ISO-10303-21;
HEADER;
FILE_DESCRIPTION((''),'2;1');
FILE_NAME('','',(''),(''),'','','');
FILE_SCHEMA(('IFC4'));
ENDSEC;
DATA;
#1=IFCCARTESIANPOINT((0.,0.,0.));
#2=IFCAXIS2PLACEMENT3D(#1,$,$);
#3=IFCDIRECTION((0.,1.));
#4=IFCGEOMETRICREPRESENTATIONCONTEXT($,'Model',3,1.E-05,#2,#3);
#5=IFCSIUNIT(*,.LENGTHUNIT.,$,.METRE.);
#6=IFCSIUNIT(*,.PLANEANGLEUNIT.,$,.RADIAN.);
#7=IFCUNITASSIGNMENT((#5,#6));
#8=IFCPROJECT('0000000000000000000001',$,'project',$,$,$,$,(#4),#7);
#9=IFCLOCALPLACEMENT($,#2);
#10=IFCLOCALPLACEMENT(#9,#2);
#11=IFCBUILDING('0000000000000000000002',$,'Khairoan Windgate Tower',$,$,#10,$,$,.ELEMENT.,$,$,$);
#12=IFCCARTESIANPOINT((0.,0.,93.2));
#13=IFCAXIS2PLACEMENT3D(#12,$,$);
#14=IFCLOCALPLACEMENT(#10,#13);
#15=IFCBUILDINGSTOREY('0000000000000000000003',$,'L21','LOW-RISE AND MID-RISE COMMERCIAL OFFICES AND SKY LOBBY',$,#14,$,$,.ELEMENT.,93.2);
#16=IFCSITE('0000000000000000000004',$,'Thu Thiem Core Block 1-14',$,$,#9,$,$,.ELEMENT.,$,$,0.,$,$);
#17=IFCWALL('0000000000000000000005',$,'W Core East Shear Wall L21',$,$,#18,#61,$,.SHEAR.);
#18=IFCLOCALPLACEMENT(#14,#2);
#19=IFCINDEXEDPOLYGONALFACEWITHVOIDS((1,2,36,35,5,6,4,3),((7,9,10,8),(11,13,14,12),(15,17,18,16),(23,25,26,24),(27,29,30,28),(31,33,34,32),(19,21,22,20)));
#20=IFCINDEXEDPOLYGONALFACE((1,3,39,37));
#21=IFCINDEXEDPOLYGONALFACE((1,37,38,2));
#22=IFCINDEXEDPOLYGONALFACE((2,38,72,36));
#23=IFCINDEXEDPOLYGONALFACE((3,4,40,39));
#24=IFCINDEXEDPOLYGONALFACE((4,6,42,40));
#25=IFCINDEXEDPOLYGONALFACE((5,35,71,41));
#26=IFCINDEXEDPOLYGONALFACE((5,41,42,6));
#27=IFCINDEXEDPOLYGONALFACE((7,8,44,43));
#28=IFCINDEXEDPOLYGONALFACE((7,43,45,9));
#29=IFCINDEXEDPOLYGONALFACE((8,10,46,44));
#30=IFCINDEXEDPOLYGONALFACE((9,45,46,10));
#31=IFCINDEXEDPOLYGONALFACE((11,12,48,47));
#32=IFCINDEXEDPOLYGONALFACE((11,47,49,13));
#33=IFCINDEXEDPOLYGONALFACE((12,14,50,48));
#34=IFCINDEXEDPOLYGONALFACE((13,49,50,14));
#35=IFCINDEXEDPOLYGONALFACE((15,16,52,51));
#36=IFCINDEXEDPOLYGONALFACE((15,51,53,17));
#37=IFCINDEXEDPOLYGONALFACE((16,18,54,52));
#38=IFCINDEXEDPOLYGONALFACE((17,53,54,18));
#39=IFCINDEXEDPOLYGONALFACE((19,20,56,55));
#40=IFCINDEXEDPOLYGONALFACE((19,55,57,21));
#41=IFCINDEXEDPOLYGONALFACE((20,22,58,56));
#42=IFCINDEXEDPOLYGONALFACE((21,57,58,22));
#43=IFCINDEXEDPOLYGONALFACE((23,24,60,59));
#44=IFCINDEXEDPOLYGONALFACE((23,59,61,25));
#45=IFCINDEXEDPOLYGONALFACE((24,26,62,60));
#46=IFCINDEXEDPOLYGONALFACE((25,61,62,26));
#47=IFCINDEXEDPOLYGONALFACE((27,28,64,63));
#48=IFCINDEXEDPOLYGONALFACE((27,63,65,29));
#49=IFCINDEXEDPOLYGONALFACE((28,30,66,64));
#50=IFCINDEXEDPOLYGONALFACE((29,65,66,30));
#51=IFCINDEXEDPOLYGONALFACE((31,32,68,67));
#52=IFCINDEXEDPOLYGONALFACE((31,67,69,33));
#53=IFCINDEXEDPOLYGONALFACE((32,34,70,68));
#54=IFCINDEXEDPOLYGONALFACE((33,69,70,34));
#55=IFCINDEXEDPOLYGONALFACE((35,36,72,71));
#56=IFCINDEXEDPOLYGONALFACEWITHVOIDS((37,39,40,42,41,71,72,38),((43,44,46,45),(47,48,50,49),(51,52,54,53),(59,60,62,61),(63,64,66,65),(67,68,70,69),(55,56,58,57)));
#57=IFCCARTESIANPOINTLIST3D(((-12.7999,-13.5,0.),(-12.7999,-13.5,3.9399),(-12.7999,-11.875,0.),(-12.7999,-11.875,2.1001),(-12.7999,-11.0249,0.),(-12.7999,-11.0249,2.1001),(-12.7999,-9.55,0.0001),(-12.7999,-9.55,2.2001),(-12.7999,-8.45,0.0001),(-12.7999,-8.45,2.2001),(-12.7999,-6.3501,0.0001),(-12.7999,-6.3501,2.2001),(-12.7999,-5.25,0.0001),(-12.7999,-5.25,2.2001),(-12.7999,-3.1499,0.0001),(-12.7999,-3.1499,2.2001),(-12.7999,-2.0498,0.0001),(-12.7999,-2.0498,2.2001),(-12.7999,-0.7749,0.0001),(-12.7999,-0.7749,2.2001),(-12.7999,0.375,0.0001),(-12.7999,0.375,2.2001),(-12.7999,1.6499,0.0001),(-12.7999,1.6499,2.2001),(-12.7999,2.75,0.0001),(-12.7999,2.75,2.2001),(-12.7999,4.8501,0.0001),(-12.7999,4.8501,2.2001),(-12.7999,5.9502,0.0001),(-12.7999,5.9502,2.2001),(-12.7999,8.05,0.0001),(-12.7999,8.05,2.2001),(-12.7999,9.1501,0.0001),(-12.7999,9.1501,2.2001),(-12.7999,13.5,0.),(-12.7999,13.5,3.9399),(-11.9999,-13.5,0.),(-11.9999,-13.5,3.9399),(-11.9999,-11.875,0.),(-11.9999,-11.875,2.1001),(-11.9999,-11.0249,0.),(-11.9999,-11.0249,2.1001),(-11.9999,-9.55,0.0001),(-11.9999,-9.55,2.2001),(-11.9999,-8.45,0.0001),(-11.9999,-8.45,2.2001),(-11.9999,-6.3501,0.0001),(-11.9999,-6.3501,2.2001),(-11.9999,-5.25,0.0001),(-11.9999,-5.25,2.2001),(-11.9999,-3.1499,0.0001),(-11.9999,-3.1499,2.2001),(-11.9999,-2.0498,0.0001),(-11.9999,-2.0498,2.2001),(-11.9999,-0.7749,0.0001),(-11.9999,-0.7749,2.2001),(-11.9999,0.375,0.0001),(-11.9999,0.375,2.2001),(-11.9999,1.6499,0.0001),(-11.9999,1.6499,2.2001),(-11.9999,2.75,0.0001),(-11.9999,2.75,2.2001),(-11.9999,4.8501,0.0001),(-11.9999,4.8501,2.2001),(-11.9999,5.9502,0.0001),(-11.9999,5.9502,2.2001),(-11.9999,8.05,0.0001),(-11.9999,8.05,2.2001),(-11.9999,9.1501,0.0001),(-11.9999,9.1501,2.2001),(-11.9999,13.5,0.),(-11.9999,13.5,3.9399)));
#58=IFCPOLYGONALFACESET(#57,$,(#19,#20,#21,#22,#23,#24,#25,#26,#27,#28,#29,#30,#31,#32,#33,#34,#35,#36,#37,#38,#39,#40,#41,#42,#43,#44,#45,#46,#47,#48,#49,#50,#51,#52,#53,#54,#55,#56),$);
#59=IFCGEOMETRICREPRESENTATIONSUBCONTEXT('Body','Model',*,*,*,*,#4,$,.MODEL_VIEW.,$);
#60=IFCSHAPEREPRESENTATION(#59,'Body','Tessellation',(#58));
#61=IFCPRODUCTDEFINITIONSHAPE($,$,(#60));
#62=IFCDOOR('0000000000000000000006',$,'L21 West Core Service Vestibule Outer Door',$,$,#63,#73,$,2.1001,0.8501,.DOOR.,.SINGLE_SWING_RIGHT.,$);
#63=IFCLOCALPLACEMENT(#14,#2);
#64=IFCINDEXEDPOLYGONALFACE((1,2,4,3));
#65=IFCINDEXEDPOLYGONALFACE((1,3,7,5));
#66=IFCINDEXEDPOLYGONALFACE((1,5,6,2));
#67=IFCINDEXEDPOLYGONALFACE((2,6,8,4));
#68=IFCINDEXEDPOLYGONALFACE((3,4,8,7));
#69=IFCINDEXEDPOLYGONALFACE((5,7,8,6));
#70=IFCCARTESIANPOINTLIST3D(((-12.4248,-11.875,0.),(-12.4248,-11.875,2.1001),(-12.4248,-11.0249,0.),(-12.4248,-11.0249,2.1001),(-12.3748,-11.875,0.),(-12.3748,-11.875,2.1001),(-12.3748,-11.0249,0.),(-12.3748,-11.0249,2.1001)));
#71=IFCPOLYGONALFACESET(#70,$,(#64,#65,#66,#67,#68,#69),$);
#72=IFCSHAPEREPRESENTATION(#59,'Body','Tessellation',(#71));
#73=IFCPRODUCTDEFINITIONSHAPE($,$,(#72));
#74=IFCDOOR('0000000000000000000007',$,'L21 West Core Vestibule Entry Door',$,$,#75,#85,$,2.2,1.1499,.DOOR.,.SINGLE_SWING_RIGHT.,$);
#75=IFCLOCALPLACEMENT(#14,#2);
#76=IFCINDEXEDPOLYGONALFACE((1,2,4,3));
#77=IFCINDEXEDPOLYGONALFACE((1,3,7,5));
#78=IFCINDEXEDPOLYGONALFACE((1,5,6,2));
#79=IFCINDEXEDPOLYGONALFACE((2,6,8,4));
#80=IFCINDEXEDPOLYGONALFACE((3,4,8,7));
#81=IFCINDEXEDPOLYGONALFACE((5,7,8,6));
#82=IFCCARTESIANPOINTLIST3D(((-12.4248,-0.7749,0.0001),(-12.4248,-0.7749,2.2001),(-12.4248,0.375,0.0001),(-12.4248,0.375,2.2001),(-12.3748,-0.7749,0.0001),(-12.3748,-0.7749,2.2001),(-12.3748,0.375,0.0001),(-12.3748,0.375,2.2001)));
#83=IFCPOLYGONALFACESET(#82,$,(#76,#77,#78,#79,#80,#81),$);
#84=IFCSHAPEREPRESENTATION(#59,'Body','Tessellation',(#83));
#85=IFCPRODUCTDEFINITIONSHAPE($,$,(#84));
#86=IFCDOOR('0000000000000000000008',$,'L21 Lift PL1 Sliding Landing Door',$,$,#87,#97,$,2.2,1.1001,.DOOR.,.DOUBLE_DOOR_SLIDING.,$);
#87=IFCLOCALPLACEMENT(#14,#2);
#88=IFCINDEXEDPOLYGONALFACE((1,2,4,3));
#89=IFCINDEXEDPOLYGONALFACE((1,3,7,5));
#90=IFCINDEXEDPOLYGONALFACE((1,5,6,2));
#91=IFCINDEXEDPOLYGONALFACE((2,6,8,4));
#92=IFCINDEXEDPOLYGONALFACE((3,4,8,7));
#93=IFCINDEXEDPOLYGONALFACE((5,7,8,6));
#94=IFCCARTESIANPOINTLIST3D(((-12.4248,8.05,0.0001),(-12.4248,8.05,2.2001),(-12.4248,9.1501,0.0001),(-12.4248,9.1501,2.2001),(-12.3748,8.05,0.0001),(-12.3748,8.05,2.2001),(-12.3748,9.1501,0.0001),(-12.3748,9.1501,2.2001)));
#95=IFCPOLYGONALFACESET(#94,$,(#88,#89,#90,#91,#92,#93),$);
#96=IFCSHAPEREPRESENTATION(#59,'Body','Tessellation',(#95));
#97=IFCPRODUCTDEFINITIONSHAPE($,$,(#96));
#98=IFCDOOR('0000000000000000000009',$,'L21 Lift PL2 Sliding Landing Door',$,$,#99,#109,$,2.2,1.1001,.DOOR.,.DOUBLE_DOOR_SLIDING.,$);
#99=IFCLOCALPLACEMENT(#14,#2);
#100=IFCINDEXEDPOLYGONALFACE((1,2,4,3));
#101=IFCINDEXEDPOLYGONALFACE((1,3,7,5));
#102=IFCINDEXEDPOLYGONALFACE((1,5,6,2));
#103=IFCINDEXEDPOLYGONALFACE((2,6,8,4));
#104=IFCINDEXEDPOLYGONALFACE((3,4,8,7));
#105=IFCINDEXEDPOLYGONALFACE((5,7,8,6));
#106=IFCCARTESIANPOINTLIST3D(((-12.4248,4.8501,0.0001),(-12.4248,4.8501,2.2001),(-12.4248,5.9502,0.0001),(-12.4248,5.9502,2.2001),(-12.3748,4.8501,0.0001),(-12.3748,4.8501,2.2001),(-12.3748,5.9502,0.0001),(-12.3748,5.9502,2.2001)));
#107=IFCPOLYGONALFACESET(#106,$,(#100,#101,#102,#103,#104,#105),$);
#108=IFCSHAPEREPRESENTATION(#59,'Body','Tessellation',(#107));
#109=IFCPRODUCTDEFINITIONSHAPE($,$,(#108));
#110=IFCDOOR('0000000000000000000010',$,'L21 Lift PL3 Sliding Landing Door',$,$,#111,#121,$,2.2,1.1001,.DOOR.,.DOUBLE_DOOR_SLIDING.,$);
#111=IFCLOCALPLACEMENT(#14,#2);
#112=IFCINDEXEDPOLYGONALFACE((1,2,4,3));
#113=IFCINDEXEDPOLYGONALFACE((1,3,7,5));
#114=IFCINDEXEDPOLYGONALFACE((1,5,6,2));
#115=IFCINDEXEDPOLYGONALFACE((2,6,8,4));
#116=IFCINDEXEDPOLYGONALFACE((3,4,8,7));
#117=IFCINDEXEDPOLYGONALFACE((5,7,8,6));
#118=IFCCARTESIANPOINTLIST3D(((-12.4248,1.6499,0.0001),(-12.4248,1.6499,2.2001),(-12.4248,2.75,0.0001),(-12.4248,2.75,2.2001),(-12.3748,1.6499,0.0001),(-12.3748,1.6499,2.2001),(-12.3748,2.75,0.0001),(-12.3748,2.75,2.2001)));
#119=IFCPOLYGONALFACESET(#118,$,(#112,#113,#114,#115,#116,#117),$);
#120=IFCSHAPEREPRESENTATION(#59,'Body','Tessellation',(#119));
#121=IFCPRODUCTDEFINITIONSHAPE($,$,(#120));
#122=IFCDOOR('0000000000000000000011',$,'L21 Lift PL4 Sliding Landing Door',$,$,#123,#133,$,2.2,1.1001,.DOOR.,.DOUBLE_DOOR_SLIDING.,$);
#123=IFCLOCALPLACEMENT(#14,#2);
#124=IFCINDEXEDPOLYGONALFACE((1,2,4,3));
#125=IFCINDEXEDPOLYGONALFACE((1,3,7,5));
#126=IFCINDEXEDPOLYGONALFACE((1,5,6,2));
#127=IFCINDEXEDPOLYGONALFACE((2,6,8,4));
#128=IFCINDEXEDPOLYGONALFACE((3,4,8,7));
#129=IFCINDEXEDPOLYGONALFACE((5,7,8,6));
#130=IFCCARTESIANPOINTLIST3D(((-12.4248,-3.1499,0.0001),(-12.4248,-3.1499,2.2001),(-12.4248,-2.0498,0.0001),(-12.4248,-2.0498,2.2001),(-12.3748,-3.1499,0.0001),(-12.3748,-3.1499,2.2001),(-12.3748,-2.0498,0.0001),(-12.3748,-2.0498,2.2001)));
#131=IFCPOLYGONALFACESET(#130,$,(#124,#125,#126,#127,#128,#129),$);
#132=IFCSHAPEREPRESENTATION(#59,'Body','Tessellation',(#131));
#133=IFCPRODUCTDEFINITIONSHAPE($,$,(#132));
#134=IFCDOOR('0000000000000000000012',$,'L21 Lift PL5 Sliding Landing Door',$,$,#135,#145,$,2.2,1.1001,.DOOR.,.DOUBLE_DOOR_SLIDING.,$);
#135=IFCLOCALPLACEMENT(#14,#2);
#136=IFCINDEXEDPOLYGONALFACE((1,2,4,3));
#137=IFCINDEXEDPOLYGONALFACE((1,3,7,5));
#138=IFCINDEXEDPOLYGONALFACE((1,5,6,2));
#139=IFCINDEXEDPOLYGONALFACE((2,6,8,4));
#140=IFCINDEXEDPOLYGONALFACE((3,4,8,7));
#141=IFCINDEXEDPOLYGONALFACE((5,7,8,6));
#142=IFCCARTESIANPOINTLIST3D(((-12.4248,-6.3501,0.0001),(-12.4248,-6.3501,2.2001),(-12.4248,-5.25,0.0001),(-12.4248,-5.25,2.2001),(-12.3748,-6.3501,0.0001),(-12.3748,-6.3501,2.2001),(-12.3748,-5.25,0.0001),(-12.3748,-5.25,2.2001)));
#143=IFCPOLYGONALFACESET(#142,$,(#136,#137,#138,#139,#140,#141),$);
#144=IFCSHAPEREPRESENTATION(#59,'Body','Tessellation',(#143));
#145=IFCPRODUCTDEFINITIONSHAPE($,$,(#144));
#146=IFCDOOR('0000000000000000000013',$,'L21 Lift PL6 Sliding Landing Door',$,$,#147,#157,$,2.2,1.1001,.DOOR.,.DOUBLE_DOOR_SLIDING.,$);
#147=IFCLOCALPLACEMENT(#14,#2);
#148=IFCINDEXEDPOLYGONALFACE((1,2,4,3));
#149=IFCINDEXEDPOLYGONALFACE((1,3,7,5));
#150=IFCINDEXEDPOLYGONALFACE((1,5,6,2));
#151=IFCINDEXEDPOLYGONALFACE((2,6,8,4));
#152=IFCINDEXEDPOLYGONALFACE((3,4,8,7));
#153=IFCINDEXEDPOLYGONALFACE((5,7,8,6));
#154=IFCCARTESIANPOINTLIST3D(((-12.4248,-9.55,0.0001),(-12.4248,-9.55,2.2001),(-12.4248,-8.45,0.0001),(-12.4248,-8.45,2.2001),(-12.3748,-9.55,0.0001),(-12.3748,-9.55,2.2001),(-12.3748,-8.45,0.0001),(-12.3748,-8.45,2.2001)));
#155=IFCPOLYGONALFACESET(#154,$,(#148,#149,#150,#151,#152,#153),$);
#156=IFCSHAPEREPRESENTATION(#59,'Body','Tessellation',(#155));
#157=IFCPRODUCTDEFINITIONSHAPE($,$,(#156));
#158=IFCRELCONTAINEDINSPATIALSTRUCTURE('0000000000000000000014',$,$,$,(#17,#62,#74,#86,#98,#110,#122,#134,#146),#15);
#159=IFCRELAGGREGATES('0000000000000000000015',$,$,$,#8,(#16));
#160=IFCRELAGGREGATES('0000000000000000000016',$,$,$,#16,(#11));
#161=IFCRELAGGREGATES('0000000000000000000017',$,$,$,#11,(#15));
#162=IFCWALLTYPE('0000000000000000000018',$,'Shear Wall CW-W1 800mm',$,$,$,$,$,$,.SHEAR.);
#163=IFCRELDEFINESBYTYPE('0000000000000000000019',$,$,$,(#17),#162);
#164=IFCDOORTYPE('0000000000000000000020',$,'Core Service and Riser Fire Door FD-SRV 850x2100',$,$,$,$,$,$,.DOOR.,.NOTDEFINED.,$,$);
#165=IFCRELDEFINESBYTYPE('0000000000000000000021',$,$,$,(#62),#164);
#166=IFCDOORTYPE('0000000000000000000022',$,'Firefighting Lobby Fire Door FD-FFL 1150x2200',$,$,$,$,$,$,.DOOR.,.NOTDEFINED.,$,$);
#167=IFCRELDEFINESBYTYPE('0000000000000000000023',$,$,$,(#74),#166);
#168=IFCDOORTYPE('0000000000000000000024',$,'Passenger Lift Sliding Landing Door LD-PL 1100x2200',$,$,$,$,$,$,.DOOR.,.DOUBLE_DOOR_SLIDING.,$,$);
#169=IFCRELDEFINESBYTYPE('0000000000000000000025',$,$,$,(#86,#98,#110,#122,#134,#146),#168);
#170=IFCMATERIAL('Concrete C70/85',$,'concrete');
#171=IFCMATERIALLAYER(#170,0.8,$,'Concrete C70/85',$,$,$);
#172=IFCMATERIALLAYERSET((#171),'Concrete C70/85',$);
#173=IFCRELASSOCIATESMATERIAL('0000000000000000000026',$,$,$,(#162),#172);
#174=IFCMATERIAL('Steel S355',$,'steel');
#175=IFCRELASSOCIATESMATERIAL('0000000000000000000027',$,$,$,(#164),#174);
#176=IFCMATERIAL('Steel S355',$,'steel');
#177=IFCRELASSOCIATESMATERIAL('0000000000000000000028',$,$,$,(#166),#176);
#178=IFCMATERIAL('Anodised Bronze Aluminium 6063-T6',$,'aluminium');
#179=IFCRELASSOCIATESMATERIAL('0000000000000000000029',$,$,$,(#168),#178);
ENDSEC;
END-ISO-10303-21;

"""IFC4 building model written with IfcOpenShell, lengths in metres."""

from ifc_helpers import new_model, si_unit, direction, frame, frame_2d, origin, place, context, subcontext, project, spatial, rectangle, extrude, material, layer, layer_set, type_object, element, fill, save


model = new_model("IFC4")

# Units and contexts
model_context = context("Model", 3, precision=1e-05, world=origin(), true_north=direction((0.0, 1.0)))
body_context = subcontext(model_context, "Body", "Model", "MODEL_VIEW")
ifc_project = project(units=[si_unit("LENGTHUNIT", "METRE"), si_unit("PLANEANGLEUNIT", "RADIAN")], contexts=[model_context])

# Site, building, storey
site_placement = place(None, origin())
site = spatial("IfcSite", under=ifc_project, at=site_placement, Name="Thu Thiem Core Block 1-14", CompositionType="ELEMENT", RefElevation=0.0)
building_placement = place(site_placement, origin())
building = spatial("IfcBuilding", under=site, at=building_placement, Name="Khairoan Windgate Tower", CompositionType="ELEMENT")
storey_placement = place(building_placement, frame((0.0, 0.0, 93.2)))
storey = spatial("IfcBuildingStorey", under=building, at=storey_placement, Name="L21", Description="LOW-RISE AND MID-RISE COMMERCIAL OFFICES AND SKY LOBBY", CompositionType="ELEMENT", Elevation=93.2)

# Wall, openings, doors
ifc_material_1 = material(Name="Concrete C70/85", Category="concrete")
ifc_layer_1 = layer(ifc_material_1, 0.8, Name="Concrete C70/85")
ifc_layer_set_1 = layer_set([ifc_layer_1], Name="Concrete C70/85")
wall_type = type_object("IfcWallType", Name="Shear Wall CW-W1 800mm", PredefinedType="SHEAR", material=ifc_layer_set_1)
wall_placement = place(storey_placement, frame((-12.3999, -13.5, 0.0), z_axis=(0.0, 0.0, 1.0), x_axis=(0.0, 1.0, 0.0)))
wall = element("IfcWall", 1, at=wall_placement, inside=storey, type_object=wall_type, Name="W Core East Shear Wall L21", PredefinedType="SHEAR", context=body_context, shape_type="SweptSolid", body=[
    extrude(rectangle(XDim=27.0, YDim=0.8, at=frame_2d((13.5, 0.0))), origin(), (0.0, 0.0, 1.0), 3.9399),
])
opening_1_placement = place(wall_placement, frame((21.55, 0.0, 0.0)))
opening_1 = element("IfcOpeningElement", 2, at=opening_1_placement, cuts=wall, PredefinedType="OPENING", context=body_context, shape_type="SweptSolid", body=[
    extrude(rectangle(XDim=1.1001, YDim=2.2, at=frame_2d((0.55, 1.1001))), frame((0.0, 0.4099, 0.0), z_axis=(0.0, -1.0, 0.0), x_axis=(1.0, 0.0, 0.0)), (0.0, 0.0, 1.0), 0.8201),
])
opening_2_placement = place(wall_placement, frame((18.3501, 0.0, 0.0)))
opening_2 = element("IfcOpeningElement", 3, at=opening_2_placement, cuts=wall, PredefinedType="OPENING", context=body_context, shape_type="SweptSolid", body=[
    extrude(rectangle(XDim=1.1001, YDim=2.2, at=frame_2d((0.55, 1.1001))), frame((0.0, 0.4099, 0.0), z_axis=(0.0, -1.0, 0.0), x_axis=(1.0, 0.0, 0.0)), (0.0, 0.0, 1.0), 0.8201),
])
opening_3_placement = place(wall_placement, frame((15.1499, 0.0, 0.0)))
opening_3 = element("IfcOpeningElement", 4, at=opening_3_placement, cuts=wall, PredefinedType="OPENING", context=body_context, shape_type="SweptSolid", body=[
    extrude(rectangle(XDim=1.1001, YDim=2.2, at=frame_2d((0.55, 1.1001))), frame((0.0, 0.4099, 0.0), z_axis=(0.0, -1.0, 0.0), x_axis=(1.0, 0.0, 0.0)), (0.0, 0.0, 1.0), 0.8201),
])
opening_4_placement = place(wall_placement, frame((10.3501, 0.0, 0.0)))
opening_4 = element("IfcOpeningElement", 5, at=opening_4_placement, cuts=wall, PredefinedType="OPENING", context=body_context, shape_type="SweptSolid", body=[
    extrude(rectangle(XDim=1.1001, YDim=2.2, at=frame_2d((0.55, 1.1001))), frame((0.0, 0.4099, 0.0), z_axis=(0.0, -1.0, 0.0), x_axis=(1.0, 0.0, 0.0)), (0.0, 0.0, 1.0), 0.8201),
])
opening_5_placement = place(wall_placement, frame((7.1499, 0.0, 0.0)))
opening_5 = element("IfcOpeningElement", 6, at=opening_5_placement, cuts=wall, PredefinedType="OPENING", context=body_context, shape_type="SweptSolid", body=[
    extrude(rectangle(XDim=1.1001, YDim=2.2, at=frame_2d((0.55, 1.1001))), frame((0.0, 0.4099, 0.0), z_axis=(0.0, -1.0, 0.0), x_axis=(1.0, 0.0, 0.0)), (0.0, 0.0, 1.0), 0.8201),
])
opening_6_placement = place(wall_placement, frame((3.95, 0.0, 0.0)))
opening_6 = element("IfcOpeningElement", 7, at=opening_6_placement, cuts=wall, PredefinedType="OPENING", context=body_context, shape_type="SweptSolid", body=[
    extrude(rectangle(XDim=1.1001, YDim=2.2, at=frame_2d((0.55, 1.1001))), frame((0.0, 0.4099, 0.0), z_axis=(0.0, -1.0, 0.0), x_axis=(1.0, 0.0, 0.0)), (0.0, 0.0, 1.0), 0.8201),
])
opening_7_placement = place(wall_placement, frame((12.7251, 0.0, 0.0)))
opening_7 = element("IfcOpeningElement", 8, at=opening_7_placement, cuts=wall, PredefinedType="OPENING", context=body_context, shape_type="SweptSolid", body=[
    extrude(rectangle(XDim=1.1499, YDim=2.2, at=frame_2d((0.575, 1.1001))), frame((0.0, 0.4099, 0.0), z_axis=(0.0, -1.0, 0.0), x_axis=(1.0, 0.0, 0.0)), (0.0, 0.0, 1.0), 0.8201),
])
opening_8_placement = place(wall_placement, frame((1.625, 0.0, 0.0)))
opening_8 = element("IfcOpeningElement", 9, at=opening_8_placement, cuts=wall, PredefinedType="OPENING", context=body_context, shape_type="SweptSolid", body=[
    extrude(rectangle(XDim=0.8501, YDim=2.1001, at=frame_2d((0.425, 1.05))), frame((0.0, 0.4099, 0.0), z_axis=(0.0, -1.0, 0.0), x_axis=(1.0, 0.0, 0.0)), (0.0, 0.0, 1.0), 0.8201),
])
ifc_material_2 = material(Name="Steel S355", Category="steel")
door_type_1 = type_object("IfcDoorType", Name="Core Service and Riser Fire Door FD-SRV 850x2100", OperationType="NOTDEFINED", PredefinedType="DOOR", material=ifc_material_2)
door_1_placement = place(opening_8_placement, origin())
door_1 = element("IfcDoor", 10, at=door_1_placement, inside=storey, type_object=door_type_1, Name="L21 West Core Service Vestibule Outer Door", OperationType="SINGLE_SWING_RIGHT", OverallHeight=2.1001, OverallWidth=0.8501, PredefinedType="DOOR", context=body_context, shape_type="SweptSolid", body=[
    extrude(rectangle(XDim=0.8501, YDim=2.1001, at=frame_2d((0.425, 1.05))), frame((0.0, 0.0249, 0.0), z_axis=(0.0, -1.0, 0.0), x_axis=(1.0, 0.0, 0.0)), (0.0, 0.0, 1.0), 0.05),
])
fill(opening_8, door_1)
ifc_material_3 = material(Name="Steel S355", Category="steel")
door_type_2 = type_object("IfcDoorType", Name="Firefighting Lobby Fire Door FD-FFL 1150x2200", OperationType="NOTDEFINED", PredefinedType="DOOR", material=ifc_material_3)
door_2_placement = place(opening_7_placement, origin())
door_2 = element("IfcDoor", 11, at=door_2_placement, inside=storey, type_object=door_type_2, Name="L21 West Core Vestibule Entry Door", OperationType="SINGLE_SWING_RIGHT", OverallHeight=2.2, OverallWidth=1.1499, PredefinedType="DOOR", context=body_context, shape_type="SweptSolid", body=[
    extrude(rectangle(XDim=1.1499, YDim=2.2, at=frame_2d((0.575, 1.1001))), frame((0.0, 0.0249, 0.0), z_axis=(0.0, -1.0, 0.0), x_axis=(1.0, 0.0, 0.0)), (0.0, 0.0, 1.0), 0.05),
])
fill(opening_7, door_2)
ifc_material_4 = material(Name="Anodised Bronze Aluminium 6063-T6", Category="aluminium")
door_type_3 = type_object("IfcDoorType", Name="Passenger Lift Sliding Landing Door LD-PL 1100x2200", OperationType="DOUBLE_DOOR_SLIDING", PredefinedType="DOOR", material=ifc_material_4)
door_3_placement = place(opening_1_placement, origin())
door_3 = element("IfcDoor", 12, at=door_3_placement, inside=storey, type_object=door_type_3, Name="L21 Lift PL1 Sliding Landing Door", OperationType="DOUBLE_DOOR_SLIDING", OverallHeight=2.2, OverallWidth=1.1001, PredefinedType="DOOR", context=body_context, shape_type="SweptSolid", body=[
    extrude(rectangle(XDim=1.1001, YDim=2.2, at=frame_2d((0.55, 1.1001))), frame((0.0, 0.0249, 0.0), z_axis=(0.0, -1.0, 0.0), x_axis=(1.0, 0.0, 0.0)), (0.0, 0.0, 1.0), 0.05),
])
fill(opening_1, door_3)
door_4_placement = place(opening_2_placement, origin())
door_4 = element("IfcDoor", 13, at=door_4_placement, inside=storey, type_object=door_type_3, Name="L21 Lift PL2 Sliding Landing Door", OperationType="DOUBLE_DOOR_SLIDING", OverallHeight=2.2, OverallWidth=1.1001, PredefinedType="DOOR", context=body_context, shape_type="SweptSolid", body=[
    extrude(rectangle(XDim=1.1001, YDim=2.2, at=frame_2d((0.55, 1.1001))), frame((0.0, 0.0249, 0.0), z_axis=(0.0, -1.0, 0.0), x_axis=(1.0, 0.0, 0.0)), (0.0, 0.0, 1.0), 0.05),
])
fill(opening_2, door_4)
door_5_placement = place(opening_3_placement, origin())
door_5 = element("IfcDoor", 14, at=door_5_placement, inside=storey, type_object=door_type_3, Name="L21 Lift PL3 Sliding Landing Door", OperationType="DOUBLE_DOOR_SLIDING", OverallHeight=2.2, OverallWidth=1.1001, PredefinedType="DOOR", context=body_context, shape_type="SweptSolid", body=[
    extrude(rectangle(XDim=1.1001, YDim=2.2, at=frame_2d((0.55, 1.1001))), frame((0.0, 0.0249, 0.0), z_axis=(0.0, -1.0, 0.0), x_axis=(1.0, 0.0, 0.0)), (0.0, 0.0, 1.0), 0.05),
])
fill(opening_3, door_5)
door_6_placement = place(opening_4_placement, origin())
door_6 = element("IfcDoor", 15, at=door_6_placement, inside=storey, type_object=door_type_3, Name="L21 Lift PL4 Sliding Landing Door", OperationType="DOUBLE_DOOR_SLIDING", OverallHeight=2.2, OverallWidth=1.1001, PredefinedType="DOOR", context=body_context, shape_type="SweptSolid", body=[
    extrude(rectangle(XDim=1.1001, YDim=2.2, at=frame_2d((0.55, 1.1001))), frame((0.0, 0.0249, 0.0), z_axis=(0.0, -1.0, 0.0), x_axis=(1.0, 0.0, 0.0)), (0.0, 0.0, 1.0), 0.05),
])
fill(opening_4, door_6)
door_7_placement = place(opening_5_placement, origin())
door_7 = element("IfcDoor", 16, at=door_7_placement, inside=storey, type_object=door_type_3, Name="L21 Lift PL5 Sliding Landing Door", OperationType="DOUBLE_DOOR_SLIDING", OverallHeight=2.2, OverallWidth=1.1001, PredefinedType="DOOR", context=body_context, shape_type="SweptSolid", body=[
    extrude(rectangle(XDim=1.1001, YDim=2.2, at=frame_2d((0.55, 1.1001))), frame((0.0, 0.0249, 0.0), z_axis=(0.0, -1.0, 0.0), x_axis=(1.0, 0.0, 0.0)), (0.0, 0.0, 1.0), 0.05),
])
fill(opening_5, door_7)
door_8_placement = place(opening_6_placement, origin())
door_8 = element("IfcDoor", 17, at=door_8_placement, inside=storey, type_object=door_type_3, Name="L21 Lift PL6 Sliding Landing Door", OperationType="DOUBLE_DOOR_SLIDING", OverallHeight=2.2, OverallWidth=1.1001, PredefinedType="DOOR", context=body_context, shape_type="SweptSolid", body=[
    extrude(rectangle(XDim=1.1001, YDim=2.2, at=frame_2d((0.55, 1.1001))), frame((0.0, 0.0249, 0.0), z_axis=(0.0, -1.0, 0.0), x_axis=(1.0, 0.0, 0.0)), (0.0, 0.0, 1.0), 0.05),
])
fill(opening_6, door_8)

save(model, "model.ifc")
